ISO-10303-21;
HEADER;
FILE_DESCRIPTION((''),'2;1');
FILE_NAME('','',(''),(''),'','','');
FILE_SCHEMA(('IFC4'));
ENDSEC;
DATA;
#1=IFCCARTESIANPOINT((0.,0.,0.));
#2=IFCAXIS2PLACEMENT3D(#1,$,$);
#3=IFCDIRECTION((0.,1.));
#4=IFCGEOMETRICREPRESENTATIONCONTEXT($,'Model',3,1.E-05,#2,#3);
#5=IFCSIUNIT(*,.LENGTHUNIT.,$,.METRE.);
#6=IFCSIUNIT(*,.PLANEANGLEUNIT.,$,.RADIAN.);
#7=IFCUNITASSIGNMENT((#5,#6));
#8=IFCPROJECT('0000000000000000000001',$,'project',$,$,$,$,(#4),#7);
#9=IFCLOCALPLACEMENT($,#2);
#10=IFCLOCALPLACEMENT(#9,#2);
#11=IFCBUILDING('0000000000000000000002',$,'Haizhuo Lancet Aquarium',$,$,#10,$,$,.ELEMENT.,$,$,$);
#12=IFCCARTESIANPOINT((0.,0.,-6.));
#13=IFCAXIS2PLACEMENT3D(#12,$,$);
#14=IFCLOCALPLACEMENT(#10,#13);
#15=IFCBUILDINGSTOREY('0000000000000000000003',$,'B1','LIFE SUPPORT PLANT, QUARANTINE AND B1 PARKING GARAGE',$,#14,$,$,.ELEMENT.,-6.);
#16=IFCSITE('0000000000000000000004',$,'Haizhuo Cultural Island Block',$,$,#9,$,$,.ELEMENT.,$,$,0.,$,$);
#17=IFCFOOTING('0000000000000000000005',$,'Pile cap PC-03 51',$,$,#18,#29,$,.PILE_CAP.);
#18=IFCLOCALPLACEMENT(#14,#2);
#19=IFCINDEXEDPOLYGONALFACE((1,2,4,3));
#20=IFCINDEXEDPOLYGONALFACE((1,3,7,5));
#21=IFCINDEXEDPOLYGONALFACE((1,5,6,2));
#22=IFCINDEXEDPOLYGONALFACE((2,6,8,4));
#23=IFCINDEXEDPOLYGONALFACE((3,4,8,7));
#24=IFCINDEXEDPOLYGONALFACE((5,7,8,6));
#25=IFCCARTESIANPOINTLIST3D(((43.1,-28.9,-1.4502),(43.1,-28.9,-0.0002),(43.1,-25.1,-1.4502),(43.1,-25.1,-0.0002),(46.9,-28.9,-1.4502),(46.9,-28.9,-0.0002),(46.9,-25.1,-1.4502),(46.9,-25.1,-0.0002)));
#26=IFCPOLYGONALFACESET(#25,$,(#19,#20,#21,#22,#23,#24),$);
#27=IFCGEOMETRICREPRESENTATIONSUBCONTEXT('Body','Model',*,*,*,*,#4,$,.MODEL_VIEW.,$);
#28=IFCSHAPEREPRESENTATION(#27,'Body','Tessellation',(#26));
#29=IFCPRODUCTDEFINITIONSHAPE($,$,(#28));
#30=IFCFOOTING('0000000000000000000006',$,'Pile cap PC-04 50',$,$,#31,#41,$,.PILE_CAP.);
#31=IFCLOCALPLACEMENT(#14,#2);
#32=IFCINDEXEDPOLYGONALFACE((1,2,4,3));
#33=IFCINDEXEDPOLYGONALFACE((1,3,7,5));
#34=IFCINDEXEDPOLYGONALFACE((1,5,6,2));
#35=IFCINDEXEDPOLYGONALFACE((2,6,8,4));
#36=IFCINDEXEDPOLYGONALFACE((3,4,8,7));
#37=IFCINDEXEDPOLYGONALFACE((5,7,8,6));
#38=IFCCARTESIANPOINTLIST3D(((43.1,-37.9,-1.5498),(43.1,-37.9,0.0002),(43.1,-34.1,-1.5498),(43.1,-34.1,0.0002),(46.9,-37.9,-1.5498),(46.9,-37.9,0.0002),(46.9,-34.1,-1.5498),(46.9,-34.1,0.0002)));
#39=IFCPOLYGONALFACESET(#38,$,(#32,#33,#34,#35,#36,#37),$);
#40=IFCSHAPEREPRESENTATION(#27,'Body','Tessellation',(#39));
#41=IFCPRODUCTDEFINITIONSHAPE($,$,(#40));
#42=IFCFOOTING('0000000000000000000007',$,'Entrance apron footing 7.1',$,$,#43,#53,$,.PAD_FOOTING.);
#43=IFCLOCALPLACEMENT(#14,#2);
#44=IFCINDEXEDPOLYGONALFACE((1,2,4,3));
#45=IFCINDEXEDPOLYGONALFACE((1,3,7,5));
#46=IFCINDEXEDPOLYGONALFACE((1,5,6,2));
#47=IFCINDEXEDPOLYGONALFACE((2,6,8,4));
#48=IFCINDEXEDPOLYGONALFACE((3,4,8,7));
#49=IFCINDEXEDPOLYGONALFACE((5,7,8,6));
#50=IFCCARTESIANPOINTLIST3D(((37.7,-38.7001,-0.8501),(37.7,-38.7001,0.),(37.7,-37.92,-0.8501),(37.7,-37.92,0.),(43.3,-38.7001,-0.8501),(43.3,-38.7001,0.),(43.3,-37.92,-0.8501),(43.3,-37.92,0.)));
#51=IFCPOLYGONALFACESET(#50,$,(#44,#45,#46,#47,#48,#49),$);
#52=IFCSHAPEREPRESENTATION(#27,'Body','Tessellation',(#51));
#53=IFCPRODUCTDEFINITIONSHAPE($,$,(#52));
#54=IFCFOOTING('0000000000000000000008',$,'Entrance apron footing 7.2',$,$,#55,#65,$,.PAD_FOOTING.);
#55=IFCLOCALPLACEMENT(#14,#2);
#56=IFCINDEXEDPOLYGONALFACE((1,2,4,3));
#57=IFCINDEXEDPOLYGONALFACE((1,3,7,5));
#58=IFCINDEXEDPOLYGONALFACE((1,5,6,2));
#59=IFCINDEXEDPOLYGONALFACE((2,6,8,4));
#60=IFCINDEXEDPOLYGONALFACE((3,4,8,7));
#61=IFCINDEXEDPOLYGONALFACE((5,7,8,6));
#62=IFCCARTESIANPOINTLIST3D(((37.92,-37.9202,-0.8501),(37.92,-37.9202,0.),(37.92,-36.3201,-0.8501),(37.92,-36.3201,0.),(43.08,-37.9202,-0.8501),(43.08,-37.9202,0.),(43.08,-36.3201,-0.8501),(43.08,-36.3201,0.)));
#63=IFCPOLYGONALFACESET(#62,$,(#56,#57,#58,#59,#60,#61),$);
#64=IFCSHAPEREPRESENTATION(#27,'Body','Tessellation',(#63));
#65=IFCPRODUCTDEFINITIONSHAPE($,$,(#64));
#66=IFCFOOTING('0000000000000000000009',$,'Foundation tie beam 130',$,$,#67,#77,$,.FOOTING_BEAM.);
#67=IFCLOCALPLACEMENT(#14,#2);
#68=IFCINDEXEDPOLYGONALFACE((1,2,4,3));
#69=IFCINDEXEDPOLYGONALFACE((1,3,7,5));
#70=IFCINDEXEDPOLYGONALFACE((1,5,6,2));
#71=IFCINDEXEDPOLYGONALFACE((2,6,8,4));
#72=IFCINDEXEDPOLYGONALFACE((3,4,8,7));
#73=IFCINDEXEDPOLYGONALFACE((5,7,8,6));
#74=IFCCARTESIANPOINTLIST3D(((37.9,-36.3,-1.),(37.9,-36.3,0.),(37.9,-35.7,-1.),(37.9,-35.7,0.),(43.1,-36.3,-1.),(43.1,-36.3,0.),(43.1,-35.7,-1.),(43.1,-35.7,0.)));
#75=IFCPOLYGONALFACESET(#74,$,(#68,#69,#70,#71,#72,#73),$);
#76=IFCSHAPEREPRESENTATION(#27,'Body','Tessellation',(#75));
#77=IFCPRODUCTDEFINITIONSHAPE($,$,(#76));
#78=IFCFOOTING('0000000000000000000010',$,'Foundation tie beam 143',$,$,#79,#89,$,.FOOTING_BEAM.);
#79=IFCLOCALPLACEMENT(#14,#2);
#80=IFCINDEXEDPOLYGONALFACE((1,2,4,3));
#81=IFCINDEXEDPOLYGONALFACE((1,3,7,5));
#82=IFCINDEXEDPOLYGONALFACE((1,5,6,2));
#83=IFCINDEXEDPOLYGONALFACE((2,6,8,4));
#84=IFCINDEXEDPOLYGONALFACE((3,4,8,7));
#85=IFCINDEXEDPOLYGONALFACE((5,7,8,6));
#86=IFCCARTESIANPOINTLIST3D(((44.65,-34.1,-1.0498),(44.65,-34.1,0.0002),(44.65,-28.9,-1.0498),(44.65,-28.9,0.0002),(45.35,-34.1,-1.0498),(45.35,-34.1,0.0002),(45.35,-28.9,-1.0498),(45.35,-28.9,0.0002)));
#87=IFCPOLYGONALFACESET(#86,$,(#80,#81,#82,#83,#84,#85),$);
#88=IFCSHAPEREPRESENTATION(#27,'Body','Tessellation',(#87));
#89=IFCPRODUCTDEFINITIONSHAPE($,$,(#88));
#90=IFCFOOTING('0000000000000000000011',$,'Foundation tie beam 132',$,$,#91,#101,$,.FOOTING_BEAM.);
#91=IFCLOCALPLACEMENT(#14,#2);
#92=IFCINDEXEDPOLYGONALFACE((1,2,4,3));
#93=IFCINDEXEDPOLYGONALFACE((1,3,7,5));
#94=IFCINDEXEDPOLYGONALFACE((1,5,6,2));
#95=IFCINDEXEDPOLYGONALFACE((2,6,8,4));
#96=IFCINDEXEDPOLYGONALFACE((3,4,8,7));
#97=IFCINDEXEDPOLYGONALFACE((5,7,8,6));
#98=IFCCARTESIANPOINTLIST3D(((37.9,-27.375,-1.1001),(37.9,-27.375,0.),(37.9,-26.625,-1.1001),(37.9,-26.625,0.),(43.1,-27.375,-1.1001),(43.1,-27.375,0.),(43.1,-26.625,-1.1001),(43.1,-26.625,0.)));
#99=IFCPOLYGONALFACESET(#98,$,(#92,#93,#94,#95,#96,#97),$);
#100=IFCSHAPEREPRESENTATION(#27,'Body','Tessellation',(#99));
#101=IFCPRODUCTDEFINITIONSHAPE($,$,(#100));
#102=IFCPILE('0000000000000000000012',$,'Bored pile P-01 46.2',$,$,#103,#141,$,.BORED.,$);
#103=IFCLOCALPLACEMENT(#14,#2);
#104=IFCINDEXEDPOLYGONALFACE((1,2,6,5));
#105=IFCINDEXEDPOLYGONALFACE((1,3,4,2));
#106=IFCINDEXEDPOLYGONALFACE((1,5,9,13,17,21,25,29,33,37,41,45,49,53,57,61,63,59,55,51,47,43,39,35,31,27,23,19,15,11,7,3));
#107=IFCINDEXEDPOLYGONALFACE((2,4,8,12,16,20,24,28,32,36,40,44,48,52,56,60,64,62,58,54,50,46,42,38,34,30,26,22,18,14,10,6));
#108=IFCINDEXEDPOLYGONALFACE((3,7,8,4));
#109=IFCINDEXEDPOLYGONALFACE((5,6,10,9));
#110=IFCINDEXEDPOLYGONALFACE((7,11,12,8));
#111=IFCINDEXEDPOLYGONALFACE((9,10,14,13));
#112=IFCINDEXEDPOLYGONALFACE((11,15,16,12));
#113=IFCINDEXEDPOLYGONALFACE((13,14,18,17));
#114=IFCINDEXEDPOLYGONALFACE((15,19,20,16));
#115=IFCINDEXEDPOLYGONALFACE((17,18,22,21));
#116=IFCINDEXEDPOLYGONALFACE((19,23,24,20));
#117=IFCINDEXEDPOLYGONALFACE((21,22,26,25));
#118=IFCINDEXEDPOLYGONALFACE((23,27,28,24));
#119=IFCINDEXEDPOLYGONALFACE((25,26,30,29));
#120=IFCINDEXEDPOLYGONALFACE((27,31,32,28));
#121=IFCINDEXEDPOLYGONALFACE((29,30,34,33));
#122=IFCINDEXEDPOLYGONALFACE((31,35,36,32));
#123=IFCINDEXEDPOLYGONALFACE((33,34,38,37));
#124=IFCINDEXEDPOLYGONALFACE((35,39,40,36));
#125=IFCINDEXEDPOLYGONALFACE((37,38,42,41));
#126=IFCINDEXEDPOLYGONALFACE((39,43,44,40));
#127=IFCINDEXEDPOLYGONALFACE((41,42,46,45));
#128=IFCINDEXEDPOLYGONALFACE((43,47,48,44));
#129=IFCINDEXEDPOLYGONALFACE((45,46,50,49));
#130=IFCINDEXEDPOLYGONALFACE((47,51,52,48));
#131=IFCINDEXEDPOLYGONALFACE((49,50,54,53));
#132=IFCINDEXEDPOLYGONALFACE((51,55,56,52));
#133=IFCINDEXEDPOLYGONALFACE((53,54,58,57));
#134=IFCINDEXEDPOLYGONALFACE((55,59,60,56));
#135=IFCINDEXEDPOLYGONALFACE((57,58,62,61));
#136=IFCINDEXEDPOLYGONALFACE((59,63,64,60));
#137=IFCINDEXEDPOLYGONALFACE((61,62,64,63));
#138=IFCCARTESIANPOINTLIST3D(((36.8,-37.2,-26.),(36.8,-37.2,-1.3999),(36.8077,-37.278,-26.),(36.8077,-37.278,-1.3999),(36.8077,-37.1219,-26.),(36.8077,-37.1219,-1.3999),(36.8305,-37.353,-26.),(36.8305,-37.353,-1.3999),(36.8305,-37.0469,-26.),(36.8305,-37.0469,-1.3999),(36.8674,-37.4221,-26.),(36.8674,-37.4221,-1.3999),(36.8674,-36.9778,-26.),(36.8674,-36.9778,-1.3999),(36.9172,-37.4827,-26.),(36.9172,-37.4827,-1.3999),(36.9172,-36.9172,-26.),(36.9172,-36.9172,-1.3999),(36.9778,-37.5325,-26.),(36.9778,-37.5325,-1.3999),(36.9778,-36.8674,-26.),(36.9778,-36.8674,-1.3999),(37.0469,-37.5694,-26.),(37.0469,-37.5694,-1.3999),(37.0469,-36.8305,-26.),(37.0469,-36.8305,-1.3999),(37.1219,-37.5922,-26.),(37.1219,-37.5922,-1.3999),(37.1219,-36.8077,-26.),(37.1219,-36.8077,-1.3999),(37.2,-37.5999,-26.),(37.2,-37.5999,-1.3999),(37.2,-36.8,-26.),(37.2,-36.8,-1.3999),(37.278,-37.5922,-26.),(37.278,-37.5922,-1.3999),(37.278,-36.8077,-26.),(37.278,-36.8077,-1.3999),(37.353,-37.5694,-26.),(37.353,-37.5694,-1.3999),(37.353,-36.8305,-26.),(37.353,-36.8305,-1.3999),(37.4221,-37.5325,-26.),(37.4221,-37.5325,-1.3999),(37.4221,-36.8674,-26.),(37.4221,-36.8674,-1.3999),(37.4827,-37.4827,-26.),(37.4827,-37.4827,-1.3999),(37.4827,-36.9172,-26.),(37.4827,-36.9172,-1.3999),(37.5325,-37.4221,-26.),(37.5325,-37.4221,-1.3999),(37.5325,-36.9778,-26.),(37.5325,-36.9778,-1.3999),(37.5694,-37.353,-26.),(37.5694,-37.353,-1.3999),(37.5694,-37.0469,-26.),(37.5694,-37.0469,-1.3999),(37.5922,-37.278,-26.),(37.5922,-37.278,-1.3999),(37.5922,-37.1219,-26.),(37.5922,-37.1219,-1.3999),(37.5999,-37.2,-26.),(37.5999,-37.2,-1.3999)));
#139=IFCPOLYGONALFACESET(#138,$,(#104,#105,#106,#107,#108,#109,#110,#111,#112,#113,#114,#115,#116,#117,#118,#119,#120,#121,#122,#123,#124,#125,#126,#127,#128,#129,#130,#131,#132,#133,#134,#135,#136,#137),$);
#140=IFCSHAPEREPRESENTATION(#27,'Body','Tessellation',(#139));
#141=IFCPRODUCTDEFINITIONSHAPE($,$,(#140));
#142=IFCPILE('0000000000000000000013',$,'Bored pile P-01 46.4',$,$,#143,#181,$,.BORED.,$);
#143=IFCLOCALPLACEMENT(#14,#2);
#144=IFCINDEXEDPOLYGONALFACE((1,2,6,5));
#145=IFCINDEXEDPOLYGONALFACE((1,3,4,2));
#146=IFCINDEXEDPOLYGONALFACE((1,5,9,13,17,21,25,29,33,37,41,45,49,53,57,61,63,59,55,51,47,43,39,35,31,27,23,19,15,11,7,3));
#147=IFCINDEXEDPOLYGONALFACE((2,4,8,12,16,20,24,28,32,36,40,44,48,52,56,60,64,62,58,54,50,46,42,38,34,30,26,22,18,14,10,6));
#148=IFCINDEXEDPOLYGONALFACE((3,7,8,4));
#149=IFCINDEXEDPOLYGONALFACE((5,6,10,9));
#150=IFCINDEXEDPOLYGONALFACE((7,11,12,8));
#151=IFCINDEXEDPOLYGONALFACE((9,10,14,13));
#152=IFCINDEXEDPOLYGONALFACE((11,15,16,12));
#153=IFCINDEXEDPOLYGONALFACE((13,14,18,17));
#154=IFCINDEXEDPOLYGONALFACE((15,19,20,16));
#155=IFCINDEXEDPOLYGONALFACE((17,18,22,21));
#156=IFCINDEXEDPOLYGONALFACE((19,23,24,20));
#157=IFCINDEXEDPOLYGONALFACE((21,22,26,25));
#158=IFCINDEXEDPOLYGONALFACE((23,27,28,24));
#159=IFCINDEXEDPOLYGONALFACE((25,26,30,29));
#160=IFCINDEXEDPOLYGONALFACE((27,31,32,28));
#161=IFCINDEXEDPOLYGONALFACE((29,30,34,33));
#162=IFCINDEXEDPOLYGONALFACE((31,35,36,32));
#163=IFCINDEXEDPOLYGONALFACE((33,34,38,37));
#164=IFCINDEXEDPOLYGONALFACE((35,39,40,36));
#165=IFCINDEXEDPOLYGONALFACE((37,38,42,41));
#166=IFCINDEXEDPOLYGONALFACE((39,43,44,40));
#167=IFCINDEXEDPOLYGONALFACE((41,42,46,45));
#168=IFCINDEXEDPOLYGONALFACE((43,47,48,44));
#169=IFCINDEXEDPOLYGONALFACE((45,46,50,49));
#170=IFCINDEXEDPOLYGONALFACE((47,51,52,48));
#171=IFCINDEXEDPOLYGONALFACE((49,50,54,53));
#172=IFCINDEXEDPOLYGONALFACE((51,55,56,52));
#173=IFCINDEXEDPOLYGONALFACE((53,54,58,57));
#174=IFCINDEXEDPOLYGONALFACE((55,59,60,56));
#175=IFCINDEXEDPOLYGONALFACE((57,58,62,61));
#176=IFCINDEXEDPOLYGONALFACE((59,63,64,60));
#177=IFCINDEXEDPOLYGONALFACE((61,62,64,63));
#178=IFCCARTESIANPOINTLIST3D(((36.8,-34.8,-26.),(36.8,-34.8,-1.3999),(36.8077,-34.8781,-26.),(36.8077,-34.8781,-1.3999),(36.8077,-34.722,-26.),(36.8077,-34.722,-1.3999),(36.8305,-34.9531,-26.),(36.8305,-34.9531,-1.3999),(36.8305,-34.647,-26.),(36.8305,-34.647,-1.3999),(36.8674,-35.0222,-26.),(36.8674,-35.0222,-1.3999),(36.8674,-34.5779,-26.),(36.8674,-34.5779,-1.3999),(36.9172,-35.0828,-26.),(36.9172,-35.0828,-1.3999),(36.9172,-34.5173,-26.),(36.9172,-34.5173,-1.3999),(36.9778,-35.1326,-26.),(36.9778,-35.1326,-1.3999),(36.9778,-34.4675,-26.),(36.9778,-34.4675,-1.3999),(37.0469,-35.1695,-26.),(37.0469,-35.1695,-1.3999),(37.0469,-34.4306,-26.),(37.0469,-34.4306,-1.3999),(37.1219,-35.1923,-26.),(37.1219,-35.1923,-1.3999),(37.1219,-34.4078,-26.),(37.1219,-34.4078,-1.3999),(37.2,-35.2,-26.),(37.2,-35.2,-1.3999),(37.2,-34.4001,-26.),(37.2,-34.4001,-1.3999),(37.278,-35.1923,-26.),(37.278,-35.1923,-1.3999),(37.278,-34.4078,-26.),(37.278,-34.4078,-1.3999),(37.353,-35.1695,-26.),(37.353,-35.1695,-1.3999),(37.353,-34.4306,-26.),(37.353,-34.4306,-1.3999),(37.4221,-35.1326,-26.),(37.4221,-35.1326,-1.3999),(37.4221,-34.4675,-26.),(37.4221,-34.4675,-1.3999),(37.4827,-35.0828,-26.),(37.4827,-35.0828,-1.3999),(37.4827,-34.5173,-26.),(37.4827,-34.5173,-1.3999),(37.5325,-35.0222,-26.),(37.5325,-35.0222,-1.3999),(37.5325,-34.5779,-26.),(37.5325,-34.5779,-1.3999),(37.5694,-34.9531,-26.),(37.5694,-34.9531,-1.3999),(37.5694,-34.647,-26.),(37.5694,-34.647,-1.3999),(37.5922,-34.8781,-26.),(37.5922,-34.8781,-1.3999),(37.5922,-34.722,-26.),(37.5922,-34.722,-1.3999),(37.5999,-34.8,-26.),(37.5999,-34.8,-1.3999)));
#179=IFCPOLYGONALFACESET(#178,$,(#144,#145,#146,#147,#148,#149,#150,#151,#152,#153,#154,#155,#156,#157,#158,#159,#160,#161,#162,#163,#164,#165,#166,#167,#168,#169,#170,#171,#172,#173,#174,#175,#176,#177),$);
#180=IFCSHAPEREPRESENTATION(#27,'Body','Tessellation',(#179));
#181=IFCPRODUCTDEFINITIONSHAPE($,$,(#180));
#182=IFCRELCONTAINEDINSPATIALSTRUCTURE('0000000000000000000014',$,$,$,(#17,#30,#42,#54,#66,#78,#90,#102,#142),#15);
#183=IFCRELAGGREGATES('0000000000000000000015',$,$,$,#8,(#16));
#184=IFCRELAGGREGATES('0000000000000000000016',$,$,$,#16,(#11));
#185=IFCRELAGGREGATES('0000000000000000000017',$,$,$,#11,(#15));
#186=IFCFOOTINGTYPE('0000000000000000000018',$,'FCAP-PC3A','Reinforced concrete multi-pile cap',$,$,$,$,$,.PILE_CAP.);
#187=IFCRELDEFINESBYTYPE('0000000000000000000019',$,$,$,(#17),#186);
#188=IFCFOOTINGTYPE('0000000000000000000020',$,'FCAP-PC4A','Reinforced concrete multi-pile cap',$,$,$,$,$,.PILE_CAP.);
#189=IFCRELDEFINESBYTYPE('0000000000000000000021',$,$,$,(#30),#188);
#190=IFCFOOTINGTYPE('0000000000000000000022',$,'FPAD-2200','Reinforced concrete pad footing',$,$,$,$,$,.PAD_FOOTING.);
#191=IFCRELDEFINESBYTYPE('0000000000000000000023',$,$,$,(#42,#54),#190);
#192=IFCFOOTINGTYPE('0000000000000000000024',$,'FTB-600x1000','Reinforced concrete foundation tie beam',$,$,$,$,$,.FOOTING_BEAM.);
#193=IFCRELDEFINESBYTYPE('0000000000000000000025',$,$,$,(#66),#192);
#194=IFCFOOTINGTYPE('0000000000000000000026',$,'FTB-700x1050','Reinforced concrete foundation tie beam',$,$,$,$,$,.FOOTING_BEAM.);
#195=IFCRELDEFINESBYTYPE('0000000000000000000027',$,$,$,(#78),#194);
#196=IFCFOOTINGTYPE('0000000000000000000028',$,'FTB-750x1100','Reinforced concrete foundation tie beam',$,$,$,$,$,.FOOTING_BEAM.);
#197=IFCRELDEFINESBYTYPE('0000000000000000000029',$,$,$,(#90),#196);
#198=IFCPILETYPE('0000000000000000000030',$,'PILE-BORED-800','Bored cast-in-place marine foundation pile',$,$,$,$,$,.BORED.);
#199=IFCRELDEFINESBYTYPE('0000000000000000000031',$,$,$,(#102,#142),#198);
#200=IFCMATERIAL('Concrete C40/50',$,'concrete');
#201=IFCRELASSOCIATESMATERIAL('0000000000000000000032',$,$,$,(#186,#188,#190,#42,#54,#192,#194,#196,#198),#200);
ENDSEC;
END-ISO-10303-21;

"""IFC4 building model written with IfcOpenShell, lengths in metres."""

from ifc_helpers import new_model, si_unit, direction, frame, origin, origin_2d, place, context, subcontext, project, spatial, rectangle, circle, extrude, material, material_profile, profile_set, type_object, element, save


model = new_model("IFC4")

# Units and contexts
model_context = context("Model", 3, precision=1e-05, world=origin(), true_north=direction((0.0, 1.0)))
body_context = subcontext(model_context, "Body", "Model", "MODEL_VIEW")
ifc_project = project(units=[si_unit("LENGTHUNIT", "METRE"), si_unit("PLANEANGLEUNIT", "RADIAN")], contexts=[model_context])

# Site, building, storey
site_placement = place(None, origin())
site = spatial("IfcSite", under=ifc_project, at=site_placement, Name="Haizhuo Cultural Island Block", CompositionType="ELEMENT", RefElevation=0.0)
building_placement = place(site_placement, origin())
building = spatial("IfcBuilding", under=site, at=building_placement, Name="Haizhuo Lancet Aquarium", CompositionType="ELEMENT")
storey_placement = place(building_placement, frame((0.0, 0.0, -6.0)))
storey = spatial("IfcBuildingStorey", under=building, at=storey_placement, Name="B1", Description="LIFE SUPPORT PLANT, QUARANTINE AND B1 PARKING GARAGE", CompositionType="ELEMENT", Elevation=-6.0)

# Footings
ifc_material_1 = material(Name="Concrete C40/50", Category="concrete")
footing_type_1 = type_object("IfcFootingType", Name="FCAP-PC3A", Description="Reinforced concrete multi-pile cap", PredefinedType="PILE_CAP", material=ifc_material_1)
footing_1_placement = place(storey_placement, frame((45.0, -27.0, -1.4502), z_axis=(0.0, 0.0, 1.0), x_axis=(1.0, 0.0, 0.0)))
element("IfcFooting", 1, at=footing_1_placement, inside=storey, type_object=footing_type_1, Name="Pile cap PC-03 51", PredefinedType="PILE_CAP", context=body_context, shape_type="SweptSolid", body=[
    extrude(rectangle(XDim=3.8, YDim=3.8, at=origin_2d()), origin(), (0.0, 0.0, 1.0), 1.45),
])
footing_type_2 = type_object("IfcFootingType", Name="FCAP-PC4A", Description="Reinforced concrete multi-pile cap", PredefinedType="PILE_CAP", material=ifc_material_1)
footing_2_placement = place(storey_placement, frame((45.0, -36.0, -1.5498), z_axis=(0.0, 0.0, 1.0), x_axis=(1.0, 0.0, 0.0)))
element("IfcFooting", 2, at=footing_2_placement, inside=storey, type_object=footing_type_2, Name="Pile cap PC-04 50", PredefinedType="PILE_CAP", context=body_context, shape_type="SweptSolid", body=[
    extrude(rectangle(XDim=3.8, YDim=3.8, at=origin_2d()), origin(), (0.0, 0.0, 1.0), 1.55),
])
footing_type_3 = type_object("IfcFootingType", Name="FPAD-2200", Description="Reinforced concrete pad footing", PredefinedType="PAD_FOOTING", material=ifc_material_1)
footing_3_placement = place(storey_placement, frame((40.5, -38.3101, -0.8501), z_axis=(0.0, 0.0, 1.0), x_axis=(1.0, 0.0, 0.0)))
element("IfcFooting", 3, at=footing_3_placement, inside=storey, type_object=footing_type_3, material=ifc_material_1, Name="Entrance apron footing 7.1", PredefinedType="PAD_FOOTING", context=body_context, shape_type="SweptSolid", body=[
    extrude(rectangle(XDim=5.6001, YDim=0.78, at=origin_2d()), origin(), (0.0, 0.0, 1.0), 0.8501),
])
footing_4_placement = place(storey_placement, frame((40.5, -37.1201, -0.8501), z_axis=(0.0, 0.0, 1.0), x_axis=(1.0, 0.0, 0.0)))
element("IfcFooting", 4, at=footing_4_placement, inside=storey, type_object=footing_type_3, material=ifc_material_1, Name="Entrance apron footing 7.2", PredefinedType="PAD_FOOTING", context=body_context, shape_type="SweptSolid", body=[
    extrude(rectangle(XDim=5.1599, YDim=1.6001, at=origin_2d()), origin(), (0.0, 0.0, 1.0), 0.8501),
])
footing_type_4 = type_object("IfcFootingType", Name="FTB-600x1000", Description="Reinforced concrete foundation tie beam", PredefinedType="FOOTING_BEAM", material=ifc_material_1)
footing_5_placement = place(storey_placement, frame((40.5, -36.0, -1.0), z_axis=(0.0, 0.0, 1.0), x_axis=(1.0, 0.0, 0.0)))
element("IfcFooting", 5, at=footing_5_placement, inside=storey, type_object=footing_type_4, Name="Foundation tie beam 130", PredefinedType="FOOTING_BEAM", context=body_context, shape_type="SweptSolid", body=[
    extrude(rectangle(XDim=5.2, YDim=0.6001, at=origin_2d()), origin(), (0.0, 0.0, 1.0), 1.0),
])
footing_type_5 = type_object("IfcFootingType", Name="FTB-700x1050", Description="Reinforced concrete foundation tie beam", PredefinedType="FOOTING_BEAM", material=ifc_material_1)
footing_6_placement = place(storey_placement, frame((45.0, -31.5, -1.0498), z_axis=(0.0, 0.0, 1.0), x_axis=(0.0, 1.0, 0.0)))
element("IfcFooting", 6, at=footing_6_placement, inside=storey, type_object=footing_type_5, Name="Foundation tie beam 143", PredefinedType="FOOTING_BEAM", context=body_context, shape_type="SweptSolid", body=[
    extrude(rectangle(XDim=5.2, YDim=0.7, at=origin_2d()), origin(), (0.0, 0.0, 1.0), 1.05),
])
footing_type_6 = type_object("IfcFootingType", Name="FTB-750x1100", Description="Reinforced concrete foundation tie beam", PredefinedType="FOOTING_BEAM", material=ifc_material_1)
footing_7_placement = place(storey_placement, frame((40.5, -27.0, -1.1001), z_axis=(0.0, 0.0, 1.0), x_axis=(1.0, 0.0, 0.0)))
element("IfcFooting", 7, at=footing_7_placement, inside=storey, type_object=footing_type_6, Name="Foundation tie beam 132", PredefinedType="FOOTING_BEAM", context=body_context, shape_type="SweptSolid", body=[
    extrude(rectangle(XDim=5.2, YDim=0.75, at=origin_2d()), origin(), (0.0, 0.0, 1.0), 1.1001),
])

# Piles
ifc_material_profile_1 = material_profile(ifc_material_1, circle(Radius=0.3999, at=origin_2d()), Name="PILE-800")
ifc_profile_set_1 = profile_set([ifc_material_profile_1], Name="Concrete C40/50")
pile_type = type_object("IfcPileType", Name="PILE-BORED-800", Description="Bored cast-in-place marine foundation pile", PredefinedType="BORED", material=ifc_profile_set_1)
for number, where, z_axis, x_axis, name in (
    (8, (37.2, -37.2, -1.3999), (0.0, 0.0, -1.0), (1.0, 0.0, 0.0), "Bored pile P-01 46.2"),
    (9, (37.2, -34.8, -1.3999), (0.0, 0.0, -1.0), (1.0, 0.0, 0.0), "Bored pile P-01 46.4"),
):
    element("IfcPile", number, at=place(storey_placement, frame(where, z_axis=z_axis, x_axis=x_axis)), inside=storey, type_object=pile_type, Name=name, PredefinedType="BORED", context=body_context, shape_type="SweptSolid", body=[
        extrude(circle(Radius=0.3999, at=origin_2d()), origin(), (0.0, 0.0, 1.0), 24.6001),
    ])

save(model, "model.ifc")
